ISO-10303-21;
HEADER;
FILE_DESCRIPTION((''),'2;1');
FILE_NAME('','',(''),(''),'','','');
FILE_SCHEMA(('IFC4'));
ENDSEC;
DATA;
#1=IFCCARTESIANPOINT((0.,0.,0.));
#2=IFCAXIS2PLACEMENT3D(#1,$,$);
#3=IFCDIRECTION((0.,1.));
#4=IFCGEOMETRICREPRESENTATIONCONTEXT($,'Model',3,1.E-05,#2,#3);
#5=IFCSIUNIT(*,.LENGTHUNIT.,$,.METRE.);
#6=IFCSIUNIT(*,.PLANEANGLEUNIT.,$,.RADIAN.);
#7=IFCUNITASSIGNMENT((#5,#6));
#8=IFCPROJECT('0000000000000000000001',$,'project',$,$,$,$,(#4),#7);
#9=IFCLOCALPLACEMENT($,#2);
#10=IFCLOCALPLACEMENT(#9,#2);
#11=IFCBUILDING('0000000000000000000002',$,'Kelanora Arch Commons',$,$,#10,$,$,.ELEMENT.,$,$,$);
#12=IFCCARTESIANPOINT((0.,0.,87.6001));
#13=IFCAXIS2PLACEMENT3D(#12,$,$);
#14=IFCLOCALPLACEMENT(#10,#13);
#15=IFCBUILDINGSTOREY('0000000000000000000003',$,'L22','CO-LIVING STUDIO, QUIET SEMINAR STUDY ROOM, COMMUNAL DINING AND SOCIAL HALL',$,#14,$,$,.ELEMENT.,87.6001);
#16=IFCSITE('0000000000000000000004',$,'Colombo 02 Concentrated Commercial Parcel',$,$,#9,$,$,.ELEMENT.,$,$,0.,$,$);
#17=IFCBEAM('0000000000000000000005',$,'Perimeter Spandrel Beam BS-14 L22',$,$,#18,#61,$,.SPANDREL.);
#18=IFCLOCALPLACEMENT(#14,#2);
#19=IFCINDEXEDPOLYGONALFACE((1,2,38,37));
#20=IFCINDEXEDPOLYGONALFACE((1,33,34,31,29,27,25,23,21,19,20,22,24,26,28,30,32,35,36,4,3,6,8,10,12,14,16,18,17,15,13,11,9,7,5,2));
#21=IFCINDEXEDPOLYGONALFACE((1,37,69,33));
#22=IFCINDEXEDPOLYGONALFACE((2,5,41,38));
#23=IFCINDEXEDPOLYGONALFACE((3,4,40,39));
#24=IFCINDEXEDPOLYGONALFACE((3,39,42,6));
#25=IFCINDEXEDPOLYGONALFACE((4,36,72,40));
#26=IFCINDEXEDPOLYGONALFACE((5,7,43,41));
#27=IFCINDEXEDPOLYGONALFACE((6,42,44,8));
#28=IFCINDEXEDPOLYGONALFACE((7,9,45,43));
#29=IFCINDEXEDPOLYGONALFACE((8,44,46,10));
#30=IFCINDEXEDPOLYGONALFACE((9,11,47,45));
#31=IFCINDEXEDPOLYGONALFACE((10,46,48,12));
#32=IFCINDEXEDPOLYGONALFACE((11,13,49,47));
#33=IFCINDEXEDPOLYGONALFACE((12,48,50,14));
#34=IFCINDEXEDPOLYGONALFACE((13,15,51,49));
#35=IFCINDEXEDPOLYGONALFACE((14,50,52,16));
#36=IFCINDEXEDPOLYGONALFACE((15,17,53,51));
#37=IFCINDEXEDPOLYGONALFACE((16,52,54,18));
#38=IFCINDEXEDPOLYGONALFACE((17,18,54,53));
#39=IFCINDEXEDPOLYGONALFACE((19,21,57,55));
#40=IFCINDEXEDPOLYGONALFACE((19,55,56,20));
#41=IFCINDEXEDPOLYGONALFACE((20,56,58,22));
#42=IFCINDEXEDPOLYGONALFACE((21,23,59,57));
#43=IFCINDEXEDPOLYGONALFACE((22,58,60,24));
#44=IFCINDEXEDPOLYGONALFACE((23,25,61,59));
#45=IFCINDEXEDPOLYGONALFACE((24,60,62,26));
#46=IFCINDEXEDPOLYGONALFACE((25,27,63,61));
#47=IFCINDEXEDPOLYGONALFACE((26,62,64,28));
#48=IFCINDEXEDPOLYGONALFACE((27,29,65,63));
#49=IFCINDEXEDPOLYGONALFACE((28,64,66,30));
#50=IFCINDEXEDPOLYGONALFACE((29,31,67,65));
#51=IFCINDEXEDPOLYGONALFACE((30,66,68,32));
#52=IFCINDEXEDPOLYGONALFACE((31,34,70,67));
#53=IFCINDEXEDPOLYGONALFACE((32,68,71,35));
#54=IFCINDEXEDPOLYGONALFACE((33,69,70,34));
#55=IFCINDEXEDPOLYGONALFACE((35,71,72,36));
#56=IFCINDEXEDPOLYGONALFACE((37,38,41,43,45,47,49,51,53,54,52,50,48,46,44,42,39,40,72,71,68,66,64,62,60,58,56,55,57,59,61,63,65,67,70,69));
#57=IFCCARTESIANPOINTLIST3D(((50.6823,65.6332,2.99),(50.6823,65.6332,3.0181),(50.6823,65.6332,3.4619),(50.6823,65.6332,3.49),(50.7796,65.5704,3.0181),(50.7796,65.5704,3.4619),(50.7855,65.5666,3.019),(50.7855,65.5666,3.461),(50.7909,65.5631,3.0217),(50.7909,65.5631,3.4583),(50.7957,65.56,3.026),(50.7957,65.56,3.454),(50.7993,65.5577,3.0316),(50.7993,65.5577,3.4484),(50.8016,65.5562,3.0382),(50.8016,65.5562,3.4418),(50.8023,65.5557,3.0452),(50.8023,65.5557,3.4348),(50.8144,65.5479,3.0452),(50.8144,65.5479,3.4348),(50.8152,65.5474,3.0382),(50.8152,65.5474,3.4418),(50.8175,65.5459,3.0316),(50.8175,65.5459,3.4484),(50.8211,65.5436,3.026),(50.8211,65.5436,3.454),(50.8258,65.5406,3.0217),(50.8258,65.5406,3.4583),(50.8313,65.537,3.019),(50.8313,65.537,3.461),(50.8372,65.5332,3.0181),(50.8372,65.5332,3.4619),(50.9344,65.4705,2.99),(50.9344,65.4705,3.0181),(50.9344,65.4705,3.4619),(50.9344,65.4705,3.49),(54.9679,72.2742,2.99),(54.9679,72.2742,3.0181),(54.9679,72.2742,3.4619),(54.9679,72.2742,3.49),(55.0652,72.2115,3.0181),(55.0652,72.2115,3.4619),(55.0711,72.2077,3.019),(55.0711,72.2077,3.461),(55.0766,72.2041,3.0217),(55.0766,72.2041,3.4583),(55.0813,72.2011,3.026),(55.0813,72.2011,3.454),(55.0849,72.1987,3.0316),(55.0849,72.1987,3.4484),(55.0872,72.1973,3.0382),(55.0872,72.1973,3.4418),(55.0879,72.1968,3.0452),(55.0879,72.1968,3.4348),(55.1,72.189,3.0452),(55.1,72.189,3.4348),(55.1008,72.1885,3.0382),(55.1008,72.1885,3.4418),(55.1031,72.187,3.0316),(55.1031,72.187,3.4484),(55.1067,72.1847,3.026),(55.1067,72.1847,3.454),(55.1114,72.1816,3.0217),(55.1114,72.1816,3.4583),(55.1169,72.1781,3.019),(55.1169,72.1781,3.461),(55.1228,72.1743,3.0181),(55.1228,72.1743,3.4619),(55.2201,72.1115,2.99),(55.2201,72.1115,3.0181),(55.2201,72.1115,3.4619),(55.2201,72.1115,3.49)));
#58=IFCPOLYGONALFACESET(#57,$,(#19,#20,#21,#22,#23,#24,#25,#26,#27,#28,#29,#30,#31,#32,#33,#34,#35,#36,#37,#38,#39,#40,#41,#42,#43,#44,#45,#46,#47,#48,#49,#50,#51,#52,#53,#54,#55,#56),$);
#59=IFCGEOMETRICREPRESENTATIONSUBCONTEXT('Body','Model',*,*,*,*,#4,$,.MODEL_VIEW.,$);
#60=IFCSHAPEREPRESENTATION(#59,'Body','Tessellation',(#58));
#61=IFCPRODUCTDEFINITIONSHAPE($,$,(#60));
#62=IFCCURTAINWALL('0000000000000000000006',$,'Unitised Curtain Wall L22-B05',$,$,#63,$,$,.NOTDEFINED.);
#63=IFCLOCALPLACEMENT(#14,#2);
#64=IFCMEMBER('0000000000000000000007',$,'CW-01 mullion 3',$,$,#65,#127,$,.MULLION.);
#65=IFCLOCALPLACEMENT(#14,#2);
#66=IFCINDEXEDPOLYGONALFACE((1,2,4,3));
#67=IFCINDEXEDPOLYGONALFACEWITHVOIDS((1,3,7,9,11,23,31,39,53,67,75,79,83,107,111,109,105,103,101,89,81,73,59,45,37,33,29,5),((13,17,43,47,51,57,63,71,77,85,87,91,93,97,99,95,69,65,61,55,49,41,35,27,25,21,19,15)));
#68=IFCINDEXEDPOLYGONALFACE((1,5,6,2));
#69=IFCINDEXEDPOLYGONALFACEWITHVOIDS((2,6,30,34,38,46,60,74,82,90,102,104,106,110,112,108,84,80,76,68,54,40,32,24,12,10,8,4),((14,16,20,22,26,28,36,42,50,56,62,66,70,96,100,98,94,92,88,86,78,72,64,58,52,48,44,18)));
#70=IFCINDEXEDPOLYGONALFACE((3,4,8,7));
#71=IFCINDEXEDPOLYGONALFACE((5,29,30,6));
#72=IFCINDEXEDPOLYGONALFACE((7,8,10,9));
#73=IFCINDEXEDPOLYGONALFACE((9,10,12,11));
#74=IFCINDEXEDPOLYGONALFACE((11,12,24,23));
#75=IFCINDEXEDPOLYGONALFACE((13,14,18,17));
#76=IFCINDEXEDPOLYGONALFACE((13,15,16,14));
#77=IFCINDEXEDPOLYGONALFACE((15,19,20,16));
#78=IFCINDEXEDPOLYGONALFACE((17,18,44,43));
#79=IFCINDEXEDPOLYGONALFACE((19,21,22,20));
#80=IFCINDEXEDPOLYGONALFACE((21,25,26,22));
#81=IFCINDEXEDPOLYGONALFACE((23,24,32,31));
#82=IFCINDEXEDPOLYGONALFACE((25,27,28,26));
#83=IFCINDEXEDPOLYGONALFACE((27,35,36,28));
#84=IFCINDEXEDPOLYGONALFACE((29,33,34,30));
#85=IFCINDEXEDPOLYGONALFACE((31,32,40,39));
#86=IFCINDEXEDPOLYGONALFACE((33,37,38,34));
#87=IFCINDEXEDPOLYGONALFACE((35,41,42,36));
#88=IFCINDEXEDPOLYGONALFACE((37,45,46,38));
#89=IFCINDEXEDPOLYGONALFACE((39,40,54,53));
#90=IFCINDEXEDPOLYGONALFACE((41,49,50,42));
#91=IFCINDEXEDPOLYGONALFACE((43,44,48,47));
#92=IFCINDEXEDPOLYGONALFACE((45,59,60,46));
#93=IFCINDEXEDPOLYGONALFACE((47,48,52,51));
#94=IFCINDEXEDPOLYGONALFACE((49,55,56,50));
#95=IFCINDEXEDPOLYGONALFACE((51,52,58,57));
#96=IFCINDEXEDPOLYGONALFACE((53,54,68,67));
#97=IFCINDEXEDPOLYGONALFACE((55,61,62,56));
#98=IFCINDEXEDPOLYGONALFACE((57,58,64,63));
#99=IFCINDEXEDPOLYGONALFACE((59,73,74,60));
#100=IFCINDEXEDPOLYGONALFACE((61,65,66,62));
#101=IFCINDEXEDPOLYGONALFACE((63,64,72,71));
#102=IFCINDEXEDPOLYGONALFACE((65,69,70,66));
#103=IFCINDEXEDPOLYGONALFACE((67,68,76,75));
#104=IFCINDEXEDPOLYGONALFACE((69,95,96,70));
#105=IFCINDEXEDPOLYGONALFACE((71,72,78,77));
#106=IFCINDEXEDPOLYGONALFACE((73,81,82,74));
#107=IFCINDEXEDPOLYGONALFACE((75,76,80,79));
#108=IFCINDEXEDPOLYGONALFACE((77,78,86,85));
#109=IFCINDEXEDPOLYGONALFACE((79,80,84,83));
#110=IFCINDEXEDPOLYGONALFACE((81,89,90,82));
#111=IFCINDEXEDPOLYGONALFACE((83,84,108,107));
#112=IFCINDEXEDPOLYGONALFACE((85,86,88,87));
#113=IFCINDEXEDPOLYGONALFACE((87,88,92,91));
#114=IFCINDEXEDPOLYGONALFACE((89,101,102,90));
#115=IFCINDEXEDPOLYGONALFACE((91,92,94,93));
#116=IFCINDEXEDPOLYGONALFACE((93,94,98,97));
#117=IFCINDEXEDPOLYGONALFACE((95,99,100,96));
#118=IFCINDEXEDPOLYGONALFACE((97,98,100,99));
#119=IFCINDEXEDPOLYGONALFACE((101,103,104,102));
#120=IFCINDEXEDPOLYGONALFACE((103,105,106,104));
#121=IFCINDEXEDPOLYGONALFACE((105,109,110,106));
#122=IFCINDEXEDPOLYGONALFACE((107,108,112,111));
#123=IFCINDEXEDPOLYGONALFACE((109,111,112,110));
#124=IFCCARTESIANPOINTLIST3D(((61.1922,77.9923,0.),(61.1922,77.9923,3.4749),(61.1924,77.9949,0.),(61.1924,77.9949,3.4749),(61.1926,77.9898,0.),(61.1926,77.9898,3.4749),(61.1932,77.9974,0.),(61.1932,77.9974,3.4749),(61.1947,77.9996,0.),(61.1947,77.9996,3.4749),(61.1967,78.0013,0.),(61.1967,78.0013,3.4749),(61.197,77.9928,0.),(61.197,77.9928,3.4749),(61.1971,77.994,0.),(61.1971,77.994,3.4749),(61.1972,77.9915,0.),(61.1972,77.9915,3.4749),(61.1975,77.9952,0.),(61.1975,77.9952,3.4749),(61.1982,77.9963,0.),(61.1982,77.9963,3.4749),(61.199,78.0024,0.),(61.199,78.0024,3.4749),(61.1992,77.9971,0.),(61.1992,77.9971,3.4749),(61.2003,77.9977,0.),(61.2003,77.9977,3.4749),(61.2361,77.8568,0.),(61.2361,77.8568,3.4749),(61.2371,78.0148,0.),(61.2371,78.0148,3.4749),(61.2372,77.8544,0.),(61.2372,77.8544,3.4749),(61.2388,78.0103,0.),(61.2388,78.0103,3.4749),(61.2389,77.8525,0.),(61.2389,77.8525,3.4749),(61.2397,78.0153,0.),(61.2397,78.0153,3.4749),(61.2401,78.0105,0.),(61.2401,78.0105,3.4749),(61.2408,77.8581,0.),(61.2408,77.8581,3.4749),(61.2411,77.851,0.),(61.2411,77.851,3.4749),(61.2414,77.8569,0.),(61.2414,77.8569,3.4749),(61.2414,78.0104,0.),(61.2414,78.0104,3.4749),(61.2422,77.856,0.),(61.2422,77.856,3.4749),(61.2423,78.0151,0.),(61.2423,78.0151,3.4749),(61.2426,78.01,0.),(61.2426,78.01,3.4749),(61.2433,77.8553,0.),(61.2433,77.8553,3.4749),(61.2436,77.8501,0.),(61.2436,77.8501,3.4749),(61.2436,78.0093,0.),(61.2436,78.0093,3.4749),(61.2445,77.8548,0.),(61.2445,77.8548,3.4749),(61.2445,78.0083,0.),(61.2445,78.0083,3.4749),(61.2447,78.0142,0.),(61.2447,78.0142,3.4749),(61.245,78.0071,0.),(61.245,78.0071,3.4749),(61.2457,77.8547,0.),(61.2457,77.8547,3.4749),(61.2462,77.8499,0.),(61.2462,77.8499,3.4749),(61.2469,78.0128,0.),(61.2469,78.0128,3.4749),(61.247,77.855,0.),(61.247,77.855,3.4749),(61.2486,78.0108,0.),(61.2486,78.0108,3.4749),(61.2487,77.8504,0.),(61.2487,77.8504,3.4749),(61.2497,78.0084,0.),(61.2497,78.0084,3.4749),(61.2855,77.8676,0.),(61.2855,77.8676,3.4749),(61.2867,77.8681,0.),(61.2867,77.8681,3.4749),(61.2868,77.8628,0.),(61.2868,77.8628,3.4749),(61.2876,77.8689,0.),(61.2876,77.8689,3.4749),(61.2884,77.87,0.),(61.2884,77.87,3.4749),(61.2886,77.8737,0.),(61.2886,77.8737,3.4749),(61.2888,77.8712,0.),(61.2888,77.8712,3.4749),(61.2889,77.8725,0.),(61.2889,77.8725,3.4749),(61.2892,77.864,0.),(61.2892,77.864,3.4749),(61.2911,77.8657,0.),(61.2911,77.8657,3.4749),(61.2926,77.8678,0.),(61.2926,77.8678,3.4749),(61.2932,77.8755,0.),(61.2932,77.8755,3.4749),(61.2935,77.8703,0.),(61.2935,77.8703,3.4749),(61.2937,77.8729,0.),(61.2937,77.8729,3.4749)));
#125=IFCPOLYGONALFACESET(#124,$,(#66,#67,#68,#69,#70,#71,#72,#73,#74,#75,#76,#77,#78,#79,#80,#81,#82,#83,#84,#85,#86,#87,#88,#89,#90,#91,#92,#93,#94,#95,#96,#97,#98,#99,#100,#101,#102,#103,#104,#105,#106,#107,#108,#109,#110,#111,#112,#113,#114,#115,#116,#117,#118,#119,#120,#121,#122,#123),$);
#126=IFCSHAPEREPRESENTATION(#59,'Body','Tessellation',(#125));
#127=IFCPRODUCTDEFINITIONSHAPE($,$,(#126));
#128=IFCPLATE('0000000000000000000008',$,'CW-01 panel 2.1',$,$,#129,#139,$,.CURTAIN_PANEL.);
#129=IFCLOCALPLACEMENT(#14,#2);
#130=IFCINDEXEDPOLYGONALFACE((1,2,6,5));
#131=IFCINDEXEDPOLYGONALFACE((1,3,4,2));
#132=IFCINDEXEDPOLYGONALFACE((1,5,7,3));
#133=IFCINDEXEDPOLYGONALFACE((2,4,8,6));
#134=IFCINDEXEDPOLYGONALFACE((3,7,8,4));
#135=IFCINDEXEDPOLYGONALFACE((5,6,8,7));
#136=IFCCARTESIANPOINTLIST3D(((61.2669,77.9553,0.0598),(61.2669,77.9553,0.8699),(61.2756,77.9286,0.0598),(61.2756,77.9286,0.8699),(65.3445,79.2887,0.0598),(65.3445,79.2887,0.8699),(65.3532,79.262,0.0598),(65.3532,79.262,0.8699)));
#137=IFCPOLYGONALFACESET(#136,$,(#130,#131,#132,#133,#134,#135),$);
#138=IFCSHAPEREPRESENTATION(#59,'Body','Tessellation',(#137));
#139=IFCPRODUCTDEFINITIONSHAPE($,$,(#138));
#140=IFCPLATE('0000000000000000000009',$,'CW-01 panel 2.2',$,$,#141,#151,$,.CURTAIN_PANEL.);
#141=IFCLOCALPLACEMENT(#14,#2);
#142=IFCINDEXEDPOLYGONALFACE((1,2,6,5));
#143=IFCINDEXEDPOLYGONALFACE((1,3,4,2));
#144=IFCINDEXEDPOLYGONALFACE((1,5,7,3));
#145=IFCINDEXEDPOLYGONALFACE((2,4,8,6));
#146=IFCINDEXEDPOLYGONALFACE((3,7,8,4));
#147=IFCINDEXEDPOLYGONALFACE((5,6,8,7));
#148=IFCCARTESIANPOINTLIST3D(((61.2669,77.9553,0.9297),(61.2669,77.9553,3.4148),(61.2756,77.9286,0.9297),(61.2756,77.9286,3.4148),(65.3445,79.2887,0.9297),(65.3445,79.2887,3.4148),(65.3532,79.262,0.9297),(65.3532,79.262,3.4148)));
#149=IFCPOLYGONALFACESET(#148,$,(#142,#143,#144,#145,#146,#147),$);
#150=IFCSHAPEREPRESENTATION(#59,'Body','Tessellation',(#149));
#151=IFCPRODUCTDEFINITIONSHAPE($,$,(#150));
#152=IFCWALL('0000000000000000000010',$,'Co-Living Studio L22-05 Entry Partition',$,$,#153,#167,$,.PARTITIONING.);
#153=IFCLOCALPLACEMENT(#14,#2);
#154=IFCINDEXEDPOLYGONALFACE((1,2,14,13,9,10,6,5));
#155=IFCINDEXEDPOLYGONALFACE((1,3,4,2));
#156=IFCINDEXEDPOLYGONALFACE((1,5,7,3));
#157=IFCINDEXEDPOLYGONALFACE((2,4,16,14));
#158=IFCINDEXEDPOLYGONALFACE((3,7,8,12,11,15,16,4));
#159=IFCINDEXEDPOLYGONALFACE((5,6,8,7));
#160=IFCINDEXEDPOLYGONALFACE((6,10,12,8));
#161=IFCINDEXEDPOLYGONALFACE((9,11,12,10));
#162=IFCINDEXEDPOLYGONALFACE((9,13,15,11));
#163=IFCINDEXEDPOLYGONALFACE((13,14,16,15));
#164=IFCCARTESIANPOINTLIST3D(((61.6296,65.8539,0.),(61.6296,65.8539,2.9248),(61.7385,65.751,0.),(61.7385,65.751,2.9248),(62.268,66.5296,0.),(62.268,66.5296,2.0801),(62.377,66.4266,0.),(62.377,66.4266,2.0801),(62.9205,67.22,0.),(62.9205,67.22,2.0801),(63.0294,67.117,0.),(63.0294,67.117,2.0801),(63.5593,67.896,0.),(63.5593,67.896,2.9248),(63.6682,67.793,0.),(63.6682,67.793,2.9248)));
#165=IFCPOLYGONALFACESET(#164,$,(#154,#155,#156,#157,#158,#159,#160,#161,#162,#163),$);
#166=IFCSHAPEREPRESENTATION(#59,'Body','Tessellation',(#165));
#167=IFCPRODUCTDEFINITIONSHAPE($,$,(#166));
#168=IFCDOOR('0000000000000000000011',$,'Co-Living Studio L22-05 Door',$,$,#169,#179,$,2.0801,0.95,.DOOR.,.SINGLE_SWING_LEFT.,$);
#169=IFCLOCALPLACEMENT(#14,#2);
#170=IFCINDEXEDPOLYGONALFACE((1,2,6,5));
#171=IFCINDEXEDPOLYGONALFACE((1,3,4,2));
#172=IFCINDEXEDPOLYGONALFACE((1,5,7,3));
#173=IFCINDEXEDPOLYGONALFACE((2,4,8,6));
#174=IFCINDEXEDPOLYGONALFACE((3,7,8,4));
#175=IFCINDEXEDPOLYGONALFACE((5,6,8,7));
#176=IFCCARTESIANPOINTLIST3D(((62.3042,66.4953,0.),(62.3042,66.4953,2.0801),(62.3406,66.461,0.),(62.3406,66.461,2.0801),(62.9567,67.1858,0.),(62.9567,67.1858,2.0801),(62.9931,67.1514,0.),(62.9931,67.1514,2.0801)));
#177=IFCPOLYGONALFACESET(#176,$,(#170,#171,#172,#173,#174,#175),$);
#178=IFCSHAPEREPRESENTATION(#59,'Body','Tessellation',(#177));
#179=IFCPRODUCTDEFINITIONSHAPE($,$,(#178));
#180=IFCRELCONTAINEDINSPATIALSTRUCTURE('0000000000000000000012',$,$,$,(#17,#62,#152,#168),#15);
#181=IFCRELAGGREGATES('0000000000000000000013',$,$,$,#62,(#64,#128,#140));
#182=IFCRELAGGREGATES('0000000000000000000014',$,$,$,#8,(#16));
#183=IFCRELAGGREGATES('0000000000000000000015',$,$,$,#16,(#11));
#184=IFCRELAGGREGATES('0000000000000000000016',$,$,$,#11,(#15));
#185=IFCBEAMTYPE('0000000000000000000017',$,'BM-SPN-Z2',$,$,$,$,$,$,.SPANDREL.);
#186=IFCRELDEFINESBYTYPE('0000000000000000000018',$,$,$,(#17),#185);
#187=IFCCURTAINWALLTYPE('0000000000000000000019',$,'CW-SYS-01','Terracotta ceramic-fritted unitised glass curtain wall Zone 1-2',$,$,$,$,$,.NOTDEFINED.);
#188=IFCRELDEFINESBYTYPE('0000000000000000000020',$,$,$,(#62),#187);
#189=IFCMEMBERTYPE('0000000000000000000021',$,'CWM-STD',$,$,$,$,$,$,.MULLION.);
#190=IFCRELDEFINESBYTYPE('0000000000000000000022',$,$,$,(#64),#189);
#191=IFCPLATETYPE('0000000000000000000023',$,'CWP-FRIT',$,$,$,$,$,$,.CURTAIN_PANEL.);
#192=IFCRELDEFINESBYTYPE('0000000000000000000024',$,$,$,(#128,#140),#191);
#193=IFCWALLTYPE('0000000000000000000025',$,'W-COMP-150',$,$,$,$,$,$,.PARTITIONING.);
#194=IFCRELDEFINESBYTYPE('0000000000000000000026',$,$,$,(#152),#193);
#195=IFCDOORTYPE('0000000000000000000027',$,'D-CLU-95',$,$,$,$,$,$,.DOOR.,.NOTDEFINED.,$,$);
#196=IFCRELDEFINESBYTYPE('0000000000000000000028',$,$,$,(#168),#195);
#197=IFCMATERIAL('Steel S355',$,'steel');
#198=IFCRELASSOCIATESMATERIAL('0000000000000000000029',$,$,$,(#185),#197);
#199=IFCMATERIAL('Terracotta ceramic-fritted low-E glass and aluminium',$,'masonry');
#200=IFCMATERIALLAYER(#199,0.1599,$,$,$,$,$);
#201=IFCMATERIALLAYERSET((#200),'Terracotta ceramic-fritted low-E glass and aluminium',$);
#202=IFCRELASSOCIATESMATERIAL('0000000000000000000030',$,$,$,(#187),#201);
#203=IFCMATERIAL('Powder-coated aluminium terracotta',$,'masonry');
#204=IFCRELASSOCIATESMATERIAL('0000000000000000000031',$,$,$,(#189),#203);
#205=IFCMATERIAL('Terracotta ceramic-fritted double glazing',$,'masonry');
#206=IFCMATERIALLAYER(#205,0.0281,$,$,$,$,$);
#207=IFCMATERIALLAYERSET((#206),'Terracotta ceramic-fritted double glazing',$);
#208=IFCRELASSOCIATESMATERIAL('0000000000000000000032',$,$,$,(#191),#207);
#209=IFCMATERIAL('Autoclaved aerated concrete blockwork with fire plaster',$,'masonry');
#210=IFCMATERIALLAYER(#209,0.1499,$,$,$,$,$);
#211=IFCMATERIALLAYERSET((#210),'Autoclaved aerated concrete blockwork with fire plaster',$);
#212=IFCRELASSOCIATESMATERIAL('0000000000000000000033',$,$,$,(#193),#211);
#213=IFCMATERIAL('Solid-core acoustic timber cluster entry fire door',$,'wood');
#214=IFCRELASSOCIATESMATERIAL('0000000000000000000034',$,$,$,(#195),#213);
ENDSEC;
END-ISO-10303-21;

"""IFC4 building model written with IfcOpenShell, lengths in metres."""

from ifc_helpers import new_model, si_unit, direction, frame, frame_2d, origin, origin_2d, place, context, subcontext, project, spatial, rectangle, hollow_rectangle, i_section, extrude, source, transform, mapped, material, layer, layer_set, material_profile, profile_set, type_object, element, fill, aggregate, save


model = new_model("IFC4")

# Units and contexts
model_context = context("Model", 3, precision=1e-05, world=origin(), true_north=direction((0.0, 1.0)))
body_context = subcontext(model_context, "Body", "Model", "MODEL_VIEW")
ifc_project = project(units=[si_unit("LENGTHUNIT", "METRE"), si_unit("PLANEANGLEUNIT", "RADIAN")], contexts=[model_context])

# Site, building, storey
site_placement = place(None, origin())
site = spatial("IfcSite", under=ifc_project, at=site_placement, Name="Colombo 02 Concentrated Commercial Parcel", CompositionType="ELEMENT", RefElevation=0.0)
building_placement = place(site_placement, origin())
building = spatial("IfcBuilding", under=site, at=building_placement, Name="Kelanora Arch Commons", CompositionType="ELEMENT")
storey_placement = place(building_placement, frame((0.0, 0.0, 87.6001)))
storey = spatial("IfcBuildingStorey", under=building, at=storey_placement, Name="L22", Description="CO-LIVING STUDIO, QUIET SEMINAR STUDY ROOM, COMMUNAL DINING AND SOCIAL HALL", CompositionType="ELEMENT", Elevation=87.6001)

# Beam
ifc_material_1 = material(Name="Steel S355", Category="steel")
ifc_material_profile_1 = material_profile(ifc_material_1, i_section(OverallWidth=0.3, OverallDepth=0.5, WebThickness=0.0144, FlangeThickness=0.0281, FilletRadius=0.0271, at=origin_2d()), Name="HEB500")
ifc_profile_set_1 = profile_set([ifc_material_profile_1], Name="Steel S355")
beam_type_1 = type_object("IfcBeamType", Name="BM-SPN-Z2", PredefinedType="SPANDREL", material=ifc_profile_set_1)
beam_1_placement = place(storey_placement, frame((55.094, 72.1929, 3.24), z_axis=(-0.542221, -0.840236, 0.0), x_axis=(0.840236, -0.542221, 0.0)))
element("IfcBeam", 1, at=beam_1_placement, inside=storey, type_object=beam_type_1, Name="Perimeter Spandrel Beam BS-14 L22", PredefinedType="SPANDREL", context=body_context, shape_type="SweptSolid", body=[
    extrude(i_section(OverallWidth=0.3, OverallDepth=0.5, WebThickness=0.0144, FlangeThickness=0.0281, FilletRadius=0.0271, at=origin_2d()), origin(), (0.0, 0.0, 1.0), 7.9038),
])

# Curtain wall, member, plates
ifc_material_2 = material(Name="Terracotta ceramic-fritted low-E glass and aluminium", Category="masonry")
ifc_layer_1 = layer(ifc_material_2, 0.1599)
ifc_layer_set_1 = layer_set([ifc_layer_1], Name="Terracotta ceramic-fritted low-E glass and aluminium")
curtain_wall_type = type_object("IfcCurtainWallType", Name="CW-SYS-01", Description="Terracotta ceramic-fritted unitised glass curtain wall Zone 1-2", PredefinedType="NOTDEFINED", material=ifc_layer_set_1)
curtain_wall_placement = place(storey_placement, origin())
curtain_wall = element("IfcCurtainWall", 2, at=curtain_wall_placement, inside=storey, type_object=curtain_wall_type, Name="Unitised Curtain Wall L22-B05", PredefinedType="NOTDEFINED")
ifc_material_3 = material(Name="Powder-coated aluminium terracotta", Category="masonry")
ifc_material_profile_2 = material_profile(ifc_material_3, hollow_rectangle(XDim=0.1599, YDim=0.0601, WallThickness=0.0049, InnerFilletRadius=0.0049, OuterFilletRadius=0.01, at=origin_2d()), Name="CWM160x60")
ifc_profile_set_2 = profile_set([ifc_material_profile_2], Name="Powder-coated aluminium terracotta")
member_type = type_object("IfcMemberType", Name="CWM-STD", PredefinedType="MULLION", material=ifc_profile_set_2)
member_placement = place(storey_placement, frame((61.2429, 77.9326, 0.0), z_axis=(0.0, 0.0, 1.0), x_axis=(0.310805, -0.950474, 0.0)))
member = element("IfcMember", 3, at=member_placement, type_object=member_type, Name="CW-01 mullion 3", PredefinedType="MULLION", context=body_context, shape_type="SweptSolid", body=[
    extrude(hollow_rectangle(XDim=0.1599, YDim=0.0601, WallThickness=0.0049, InnerFilletRadius=0.0049, OuterFilletRadius=0.01, at=origin_2d()), origin(), (0.0, 0.0, 1.0), 3.4749),
])
ifc_material_4 = material(Name="Terracotta ceramic-fritted double glazing", Category="masonry")
ifc_layer_2 = layer(ifc_material_4, 0.0281)
ifc_layer_set_2 = layer_set([ifc_layer_2], Name="Terracotta ceramic-fritted double glazing")
plate_type = type_object("IfcPlateType", Name="CWP-FRIT", PredefinedType="CURTAIN_PANEL", material=ifc_layer_set_2)
shared_shape_1 = source(origin(), body_context, "Body", "SweptSolid", [
    extrude(rectangle(XDim=4.29, YDim=0.0281, at=origin_2d()), origin(), (0.0, 0.0, 1.0), 0.8101),
])
plate_1_placement = place(storey_placement, frame((63.3101, 78.6086, 0.0598), z_axis=(0.0, 0.0, 1.0), x_axis=(-0.950474, -0.310805, 0.0)))
plate_1 = element("IfcPlate", 4, at=plate_1_placement, type_object=plate_type, Name="CW-01 panel 2.1", PredefinedType="CURTAIN_PANEL", context=body_context, shape_type="MappedRepresentation", body=[
    mapped(shared_shape_1, transform((0.0, 0.0, 0.0), scale=1.0)),
])
shared_shape_2 = source(origin(), body_context, "Body", "SweptSolid", [
    extrude(rectangle(XDim=4.29, YDim=0.0281, at=origin_2d()), origin(), (0.0, 0.0, 1.0), 2.4851),
])
plate_2_placement = place(storey_placement, frame((63.3101, 78.6086, 0.9297), z_axis=(0.0, 0.0, 1.0), x_axis=(-0.950474, -0.310805, 0.0)))
plate_2 = element("IfcPlate", 5, at=plate_2_placement, type_object=plate_type, Name="CW-01 panel 2.2", PredefinedType="CURTAIN_PANEL", context=body_context, shape_type="MappedRepresentation", body=[
    mapped(shared_shape_2, transform((0.0, 0.0, 0.0), scale=1.0)),
])
aggregate(curtain_wall, [member, plate_1, plate_2])

# Wall, opening, door
ifc_material_5 = material(Name="Autoclaved aerated concrete blockwork with fire plaster", Category="masonry")
ifc_layer_3 = layer(ifc_material_5, 0.1499)
ifc_layer_set_3 = layer_set([ifc_layer_3], Name="Autoclaved aerated concrete blockwork with fire plaster")
wall_type_1 = type_object("IfcWallType", Name="W-COMP-150", PredefinedType="PARTITIONING", material=ifc_layer_set_3)
wall_1_placement = place(storey_placement, frame((63.6138, 67.8445, 0.0), z_axis=(0.0, 0.0, 1.0), x_axis=(-0.686838, -0.726811, 0.0)))
wall_1 = element("IfcWall", 6, at=wall_1_placement, inside=storey, type_object=wall_type_1, Name="Co-Living Studio L22-05 Entry Partition", PredefinedType="PARTITIONING", context=body_context, shape_type="SweptSolid", body=[
    extrude(rectangle(XDim=2.8096, YDim=0.1499, at=frame_2d((1.4048, 0.0))), origin(), (0.0, 0.0, 1.0), 2.9248),
])
opening_1_placement = place(wall_1_placement, frame((0.9299, 0.0, 0.0)))
opening_1 = element("IfcOpeningElement", 7, at=opening_1_placement, cuts=wall_1, PredefinedType="OPENING", context=body_context, shape_type="SweptSolid", body=[
    extrude(rectangle(XDim=0.95, YDim=2.0801, at=frame_2d((0.4751, 1.04))), frame((0.0, 0.085, 0.0), z_axis=(0.0, -1.0, 0.0), x_axis=(1.0, 0.0, 0.0)), (0.0, 0.0, 1.0), 0.1699),
])
ifc_material_6 = material(Name="Solid-core acoustic timber cluster entry fire door", Category="wood")
door_type_1 = type_object("IfcDoorType", Name="D-CLU-95", OperationType="NOTDEFINED", PredefinedType="DOOR", material=ifc_material_6)
door_1_placement = place(opening_1_placement, origin())
door_1 = element("IfcDoor", 8, at=door_1_placement, inside=storey, type_object=door_type_1, Name="Co-Living Studio L22-05 Door", OperationType="SINGLE_SWING_LEFT", OverallHeight=2.0801, OverallWidth=0.95, PredefinedType="DOOR", context=body_context, shape_type="SweptSolid", body=[
    extrude(rectangle(XDim=0.95, YDim=2.0801, at=frame_2d((0.4751, 1.04))), frame((0.0, 0.0249, 0.0), z_axis=(0.0, -1.0, 0.0), x_axis=(1.0, 0.0, 0.0)), (0.0, 0.0, 1.0), 0.05),
])
fill(opening_1, door_1)

save(model, "model.ifc")
